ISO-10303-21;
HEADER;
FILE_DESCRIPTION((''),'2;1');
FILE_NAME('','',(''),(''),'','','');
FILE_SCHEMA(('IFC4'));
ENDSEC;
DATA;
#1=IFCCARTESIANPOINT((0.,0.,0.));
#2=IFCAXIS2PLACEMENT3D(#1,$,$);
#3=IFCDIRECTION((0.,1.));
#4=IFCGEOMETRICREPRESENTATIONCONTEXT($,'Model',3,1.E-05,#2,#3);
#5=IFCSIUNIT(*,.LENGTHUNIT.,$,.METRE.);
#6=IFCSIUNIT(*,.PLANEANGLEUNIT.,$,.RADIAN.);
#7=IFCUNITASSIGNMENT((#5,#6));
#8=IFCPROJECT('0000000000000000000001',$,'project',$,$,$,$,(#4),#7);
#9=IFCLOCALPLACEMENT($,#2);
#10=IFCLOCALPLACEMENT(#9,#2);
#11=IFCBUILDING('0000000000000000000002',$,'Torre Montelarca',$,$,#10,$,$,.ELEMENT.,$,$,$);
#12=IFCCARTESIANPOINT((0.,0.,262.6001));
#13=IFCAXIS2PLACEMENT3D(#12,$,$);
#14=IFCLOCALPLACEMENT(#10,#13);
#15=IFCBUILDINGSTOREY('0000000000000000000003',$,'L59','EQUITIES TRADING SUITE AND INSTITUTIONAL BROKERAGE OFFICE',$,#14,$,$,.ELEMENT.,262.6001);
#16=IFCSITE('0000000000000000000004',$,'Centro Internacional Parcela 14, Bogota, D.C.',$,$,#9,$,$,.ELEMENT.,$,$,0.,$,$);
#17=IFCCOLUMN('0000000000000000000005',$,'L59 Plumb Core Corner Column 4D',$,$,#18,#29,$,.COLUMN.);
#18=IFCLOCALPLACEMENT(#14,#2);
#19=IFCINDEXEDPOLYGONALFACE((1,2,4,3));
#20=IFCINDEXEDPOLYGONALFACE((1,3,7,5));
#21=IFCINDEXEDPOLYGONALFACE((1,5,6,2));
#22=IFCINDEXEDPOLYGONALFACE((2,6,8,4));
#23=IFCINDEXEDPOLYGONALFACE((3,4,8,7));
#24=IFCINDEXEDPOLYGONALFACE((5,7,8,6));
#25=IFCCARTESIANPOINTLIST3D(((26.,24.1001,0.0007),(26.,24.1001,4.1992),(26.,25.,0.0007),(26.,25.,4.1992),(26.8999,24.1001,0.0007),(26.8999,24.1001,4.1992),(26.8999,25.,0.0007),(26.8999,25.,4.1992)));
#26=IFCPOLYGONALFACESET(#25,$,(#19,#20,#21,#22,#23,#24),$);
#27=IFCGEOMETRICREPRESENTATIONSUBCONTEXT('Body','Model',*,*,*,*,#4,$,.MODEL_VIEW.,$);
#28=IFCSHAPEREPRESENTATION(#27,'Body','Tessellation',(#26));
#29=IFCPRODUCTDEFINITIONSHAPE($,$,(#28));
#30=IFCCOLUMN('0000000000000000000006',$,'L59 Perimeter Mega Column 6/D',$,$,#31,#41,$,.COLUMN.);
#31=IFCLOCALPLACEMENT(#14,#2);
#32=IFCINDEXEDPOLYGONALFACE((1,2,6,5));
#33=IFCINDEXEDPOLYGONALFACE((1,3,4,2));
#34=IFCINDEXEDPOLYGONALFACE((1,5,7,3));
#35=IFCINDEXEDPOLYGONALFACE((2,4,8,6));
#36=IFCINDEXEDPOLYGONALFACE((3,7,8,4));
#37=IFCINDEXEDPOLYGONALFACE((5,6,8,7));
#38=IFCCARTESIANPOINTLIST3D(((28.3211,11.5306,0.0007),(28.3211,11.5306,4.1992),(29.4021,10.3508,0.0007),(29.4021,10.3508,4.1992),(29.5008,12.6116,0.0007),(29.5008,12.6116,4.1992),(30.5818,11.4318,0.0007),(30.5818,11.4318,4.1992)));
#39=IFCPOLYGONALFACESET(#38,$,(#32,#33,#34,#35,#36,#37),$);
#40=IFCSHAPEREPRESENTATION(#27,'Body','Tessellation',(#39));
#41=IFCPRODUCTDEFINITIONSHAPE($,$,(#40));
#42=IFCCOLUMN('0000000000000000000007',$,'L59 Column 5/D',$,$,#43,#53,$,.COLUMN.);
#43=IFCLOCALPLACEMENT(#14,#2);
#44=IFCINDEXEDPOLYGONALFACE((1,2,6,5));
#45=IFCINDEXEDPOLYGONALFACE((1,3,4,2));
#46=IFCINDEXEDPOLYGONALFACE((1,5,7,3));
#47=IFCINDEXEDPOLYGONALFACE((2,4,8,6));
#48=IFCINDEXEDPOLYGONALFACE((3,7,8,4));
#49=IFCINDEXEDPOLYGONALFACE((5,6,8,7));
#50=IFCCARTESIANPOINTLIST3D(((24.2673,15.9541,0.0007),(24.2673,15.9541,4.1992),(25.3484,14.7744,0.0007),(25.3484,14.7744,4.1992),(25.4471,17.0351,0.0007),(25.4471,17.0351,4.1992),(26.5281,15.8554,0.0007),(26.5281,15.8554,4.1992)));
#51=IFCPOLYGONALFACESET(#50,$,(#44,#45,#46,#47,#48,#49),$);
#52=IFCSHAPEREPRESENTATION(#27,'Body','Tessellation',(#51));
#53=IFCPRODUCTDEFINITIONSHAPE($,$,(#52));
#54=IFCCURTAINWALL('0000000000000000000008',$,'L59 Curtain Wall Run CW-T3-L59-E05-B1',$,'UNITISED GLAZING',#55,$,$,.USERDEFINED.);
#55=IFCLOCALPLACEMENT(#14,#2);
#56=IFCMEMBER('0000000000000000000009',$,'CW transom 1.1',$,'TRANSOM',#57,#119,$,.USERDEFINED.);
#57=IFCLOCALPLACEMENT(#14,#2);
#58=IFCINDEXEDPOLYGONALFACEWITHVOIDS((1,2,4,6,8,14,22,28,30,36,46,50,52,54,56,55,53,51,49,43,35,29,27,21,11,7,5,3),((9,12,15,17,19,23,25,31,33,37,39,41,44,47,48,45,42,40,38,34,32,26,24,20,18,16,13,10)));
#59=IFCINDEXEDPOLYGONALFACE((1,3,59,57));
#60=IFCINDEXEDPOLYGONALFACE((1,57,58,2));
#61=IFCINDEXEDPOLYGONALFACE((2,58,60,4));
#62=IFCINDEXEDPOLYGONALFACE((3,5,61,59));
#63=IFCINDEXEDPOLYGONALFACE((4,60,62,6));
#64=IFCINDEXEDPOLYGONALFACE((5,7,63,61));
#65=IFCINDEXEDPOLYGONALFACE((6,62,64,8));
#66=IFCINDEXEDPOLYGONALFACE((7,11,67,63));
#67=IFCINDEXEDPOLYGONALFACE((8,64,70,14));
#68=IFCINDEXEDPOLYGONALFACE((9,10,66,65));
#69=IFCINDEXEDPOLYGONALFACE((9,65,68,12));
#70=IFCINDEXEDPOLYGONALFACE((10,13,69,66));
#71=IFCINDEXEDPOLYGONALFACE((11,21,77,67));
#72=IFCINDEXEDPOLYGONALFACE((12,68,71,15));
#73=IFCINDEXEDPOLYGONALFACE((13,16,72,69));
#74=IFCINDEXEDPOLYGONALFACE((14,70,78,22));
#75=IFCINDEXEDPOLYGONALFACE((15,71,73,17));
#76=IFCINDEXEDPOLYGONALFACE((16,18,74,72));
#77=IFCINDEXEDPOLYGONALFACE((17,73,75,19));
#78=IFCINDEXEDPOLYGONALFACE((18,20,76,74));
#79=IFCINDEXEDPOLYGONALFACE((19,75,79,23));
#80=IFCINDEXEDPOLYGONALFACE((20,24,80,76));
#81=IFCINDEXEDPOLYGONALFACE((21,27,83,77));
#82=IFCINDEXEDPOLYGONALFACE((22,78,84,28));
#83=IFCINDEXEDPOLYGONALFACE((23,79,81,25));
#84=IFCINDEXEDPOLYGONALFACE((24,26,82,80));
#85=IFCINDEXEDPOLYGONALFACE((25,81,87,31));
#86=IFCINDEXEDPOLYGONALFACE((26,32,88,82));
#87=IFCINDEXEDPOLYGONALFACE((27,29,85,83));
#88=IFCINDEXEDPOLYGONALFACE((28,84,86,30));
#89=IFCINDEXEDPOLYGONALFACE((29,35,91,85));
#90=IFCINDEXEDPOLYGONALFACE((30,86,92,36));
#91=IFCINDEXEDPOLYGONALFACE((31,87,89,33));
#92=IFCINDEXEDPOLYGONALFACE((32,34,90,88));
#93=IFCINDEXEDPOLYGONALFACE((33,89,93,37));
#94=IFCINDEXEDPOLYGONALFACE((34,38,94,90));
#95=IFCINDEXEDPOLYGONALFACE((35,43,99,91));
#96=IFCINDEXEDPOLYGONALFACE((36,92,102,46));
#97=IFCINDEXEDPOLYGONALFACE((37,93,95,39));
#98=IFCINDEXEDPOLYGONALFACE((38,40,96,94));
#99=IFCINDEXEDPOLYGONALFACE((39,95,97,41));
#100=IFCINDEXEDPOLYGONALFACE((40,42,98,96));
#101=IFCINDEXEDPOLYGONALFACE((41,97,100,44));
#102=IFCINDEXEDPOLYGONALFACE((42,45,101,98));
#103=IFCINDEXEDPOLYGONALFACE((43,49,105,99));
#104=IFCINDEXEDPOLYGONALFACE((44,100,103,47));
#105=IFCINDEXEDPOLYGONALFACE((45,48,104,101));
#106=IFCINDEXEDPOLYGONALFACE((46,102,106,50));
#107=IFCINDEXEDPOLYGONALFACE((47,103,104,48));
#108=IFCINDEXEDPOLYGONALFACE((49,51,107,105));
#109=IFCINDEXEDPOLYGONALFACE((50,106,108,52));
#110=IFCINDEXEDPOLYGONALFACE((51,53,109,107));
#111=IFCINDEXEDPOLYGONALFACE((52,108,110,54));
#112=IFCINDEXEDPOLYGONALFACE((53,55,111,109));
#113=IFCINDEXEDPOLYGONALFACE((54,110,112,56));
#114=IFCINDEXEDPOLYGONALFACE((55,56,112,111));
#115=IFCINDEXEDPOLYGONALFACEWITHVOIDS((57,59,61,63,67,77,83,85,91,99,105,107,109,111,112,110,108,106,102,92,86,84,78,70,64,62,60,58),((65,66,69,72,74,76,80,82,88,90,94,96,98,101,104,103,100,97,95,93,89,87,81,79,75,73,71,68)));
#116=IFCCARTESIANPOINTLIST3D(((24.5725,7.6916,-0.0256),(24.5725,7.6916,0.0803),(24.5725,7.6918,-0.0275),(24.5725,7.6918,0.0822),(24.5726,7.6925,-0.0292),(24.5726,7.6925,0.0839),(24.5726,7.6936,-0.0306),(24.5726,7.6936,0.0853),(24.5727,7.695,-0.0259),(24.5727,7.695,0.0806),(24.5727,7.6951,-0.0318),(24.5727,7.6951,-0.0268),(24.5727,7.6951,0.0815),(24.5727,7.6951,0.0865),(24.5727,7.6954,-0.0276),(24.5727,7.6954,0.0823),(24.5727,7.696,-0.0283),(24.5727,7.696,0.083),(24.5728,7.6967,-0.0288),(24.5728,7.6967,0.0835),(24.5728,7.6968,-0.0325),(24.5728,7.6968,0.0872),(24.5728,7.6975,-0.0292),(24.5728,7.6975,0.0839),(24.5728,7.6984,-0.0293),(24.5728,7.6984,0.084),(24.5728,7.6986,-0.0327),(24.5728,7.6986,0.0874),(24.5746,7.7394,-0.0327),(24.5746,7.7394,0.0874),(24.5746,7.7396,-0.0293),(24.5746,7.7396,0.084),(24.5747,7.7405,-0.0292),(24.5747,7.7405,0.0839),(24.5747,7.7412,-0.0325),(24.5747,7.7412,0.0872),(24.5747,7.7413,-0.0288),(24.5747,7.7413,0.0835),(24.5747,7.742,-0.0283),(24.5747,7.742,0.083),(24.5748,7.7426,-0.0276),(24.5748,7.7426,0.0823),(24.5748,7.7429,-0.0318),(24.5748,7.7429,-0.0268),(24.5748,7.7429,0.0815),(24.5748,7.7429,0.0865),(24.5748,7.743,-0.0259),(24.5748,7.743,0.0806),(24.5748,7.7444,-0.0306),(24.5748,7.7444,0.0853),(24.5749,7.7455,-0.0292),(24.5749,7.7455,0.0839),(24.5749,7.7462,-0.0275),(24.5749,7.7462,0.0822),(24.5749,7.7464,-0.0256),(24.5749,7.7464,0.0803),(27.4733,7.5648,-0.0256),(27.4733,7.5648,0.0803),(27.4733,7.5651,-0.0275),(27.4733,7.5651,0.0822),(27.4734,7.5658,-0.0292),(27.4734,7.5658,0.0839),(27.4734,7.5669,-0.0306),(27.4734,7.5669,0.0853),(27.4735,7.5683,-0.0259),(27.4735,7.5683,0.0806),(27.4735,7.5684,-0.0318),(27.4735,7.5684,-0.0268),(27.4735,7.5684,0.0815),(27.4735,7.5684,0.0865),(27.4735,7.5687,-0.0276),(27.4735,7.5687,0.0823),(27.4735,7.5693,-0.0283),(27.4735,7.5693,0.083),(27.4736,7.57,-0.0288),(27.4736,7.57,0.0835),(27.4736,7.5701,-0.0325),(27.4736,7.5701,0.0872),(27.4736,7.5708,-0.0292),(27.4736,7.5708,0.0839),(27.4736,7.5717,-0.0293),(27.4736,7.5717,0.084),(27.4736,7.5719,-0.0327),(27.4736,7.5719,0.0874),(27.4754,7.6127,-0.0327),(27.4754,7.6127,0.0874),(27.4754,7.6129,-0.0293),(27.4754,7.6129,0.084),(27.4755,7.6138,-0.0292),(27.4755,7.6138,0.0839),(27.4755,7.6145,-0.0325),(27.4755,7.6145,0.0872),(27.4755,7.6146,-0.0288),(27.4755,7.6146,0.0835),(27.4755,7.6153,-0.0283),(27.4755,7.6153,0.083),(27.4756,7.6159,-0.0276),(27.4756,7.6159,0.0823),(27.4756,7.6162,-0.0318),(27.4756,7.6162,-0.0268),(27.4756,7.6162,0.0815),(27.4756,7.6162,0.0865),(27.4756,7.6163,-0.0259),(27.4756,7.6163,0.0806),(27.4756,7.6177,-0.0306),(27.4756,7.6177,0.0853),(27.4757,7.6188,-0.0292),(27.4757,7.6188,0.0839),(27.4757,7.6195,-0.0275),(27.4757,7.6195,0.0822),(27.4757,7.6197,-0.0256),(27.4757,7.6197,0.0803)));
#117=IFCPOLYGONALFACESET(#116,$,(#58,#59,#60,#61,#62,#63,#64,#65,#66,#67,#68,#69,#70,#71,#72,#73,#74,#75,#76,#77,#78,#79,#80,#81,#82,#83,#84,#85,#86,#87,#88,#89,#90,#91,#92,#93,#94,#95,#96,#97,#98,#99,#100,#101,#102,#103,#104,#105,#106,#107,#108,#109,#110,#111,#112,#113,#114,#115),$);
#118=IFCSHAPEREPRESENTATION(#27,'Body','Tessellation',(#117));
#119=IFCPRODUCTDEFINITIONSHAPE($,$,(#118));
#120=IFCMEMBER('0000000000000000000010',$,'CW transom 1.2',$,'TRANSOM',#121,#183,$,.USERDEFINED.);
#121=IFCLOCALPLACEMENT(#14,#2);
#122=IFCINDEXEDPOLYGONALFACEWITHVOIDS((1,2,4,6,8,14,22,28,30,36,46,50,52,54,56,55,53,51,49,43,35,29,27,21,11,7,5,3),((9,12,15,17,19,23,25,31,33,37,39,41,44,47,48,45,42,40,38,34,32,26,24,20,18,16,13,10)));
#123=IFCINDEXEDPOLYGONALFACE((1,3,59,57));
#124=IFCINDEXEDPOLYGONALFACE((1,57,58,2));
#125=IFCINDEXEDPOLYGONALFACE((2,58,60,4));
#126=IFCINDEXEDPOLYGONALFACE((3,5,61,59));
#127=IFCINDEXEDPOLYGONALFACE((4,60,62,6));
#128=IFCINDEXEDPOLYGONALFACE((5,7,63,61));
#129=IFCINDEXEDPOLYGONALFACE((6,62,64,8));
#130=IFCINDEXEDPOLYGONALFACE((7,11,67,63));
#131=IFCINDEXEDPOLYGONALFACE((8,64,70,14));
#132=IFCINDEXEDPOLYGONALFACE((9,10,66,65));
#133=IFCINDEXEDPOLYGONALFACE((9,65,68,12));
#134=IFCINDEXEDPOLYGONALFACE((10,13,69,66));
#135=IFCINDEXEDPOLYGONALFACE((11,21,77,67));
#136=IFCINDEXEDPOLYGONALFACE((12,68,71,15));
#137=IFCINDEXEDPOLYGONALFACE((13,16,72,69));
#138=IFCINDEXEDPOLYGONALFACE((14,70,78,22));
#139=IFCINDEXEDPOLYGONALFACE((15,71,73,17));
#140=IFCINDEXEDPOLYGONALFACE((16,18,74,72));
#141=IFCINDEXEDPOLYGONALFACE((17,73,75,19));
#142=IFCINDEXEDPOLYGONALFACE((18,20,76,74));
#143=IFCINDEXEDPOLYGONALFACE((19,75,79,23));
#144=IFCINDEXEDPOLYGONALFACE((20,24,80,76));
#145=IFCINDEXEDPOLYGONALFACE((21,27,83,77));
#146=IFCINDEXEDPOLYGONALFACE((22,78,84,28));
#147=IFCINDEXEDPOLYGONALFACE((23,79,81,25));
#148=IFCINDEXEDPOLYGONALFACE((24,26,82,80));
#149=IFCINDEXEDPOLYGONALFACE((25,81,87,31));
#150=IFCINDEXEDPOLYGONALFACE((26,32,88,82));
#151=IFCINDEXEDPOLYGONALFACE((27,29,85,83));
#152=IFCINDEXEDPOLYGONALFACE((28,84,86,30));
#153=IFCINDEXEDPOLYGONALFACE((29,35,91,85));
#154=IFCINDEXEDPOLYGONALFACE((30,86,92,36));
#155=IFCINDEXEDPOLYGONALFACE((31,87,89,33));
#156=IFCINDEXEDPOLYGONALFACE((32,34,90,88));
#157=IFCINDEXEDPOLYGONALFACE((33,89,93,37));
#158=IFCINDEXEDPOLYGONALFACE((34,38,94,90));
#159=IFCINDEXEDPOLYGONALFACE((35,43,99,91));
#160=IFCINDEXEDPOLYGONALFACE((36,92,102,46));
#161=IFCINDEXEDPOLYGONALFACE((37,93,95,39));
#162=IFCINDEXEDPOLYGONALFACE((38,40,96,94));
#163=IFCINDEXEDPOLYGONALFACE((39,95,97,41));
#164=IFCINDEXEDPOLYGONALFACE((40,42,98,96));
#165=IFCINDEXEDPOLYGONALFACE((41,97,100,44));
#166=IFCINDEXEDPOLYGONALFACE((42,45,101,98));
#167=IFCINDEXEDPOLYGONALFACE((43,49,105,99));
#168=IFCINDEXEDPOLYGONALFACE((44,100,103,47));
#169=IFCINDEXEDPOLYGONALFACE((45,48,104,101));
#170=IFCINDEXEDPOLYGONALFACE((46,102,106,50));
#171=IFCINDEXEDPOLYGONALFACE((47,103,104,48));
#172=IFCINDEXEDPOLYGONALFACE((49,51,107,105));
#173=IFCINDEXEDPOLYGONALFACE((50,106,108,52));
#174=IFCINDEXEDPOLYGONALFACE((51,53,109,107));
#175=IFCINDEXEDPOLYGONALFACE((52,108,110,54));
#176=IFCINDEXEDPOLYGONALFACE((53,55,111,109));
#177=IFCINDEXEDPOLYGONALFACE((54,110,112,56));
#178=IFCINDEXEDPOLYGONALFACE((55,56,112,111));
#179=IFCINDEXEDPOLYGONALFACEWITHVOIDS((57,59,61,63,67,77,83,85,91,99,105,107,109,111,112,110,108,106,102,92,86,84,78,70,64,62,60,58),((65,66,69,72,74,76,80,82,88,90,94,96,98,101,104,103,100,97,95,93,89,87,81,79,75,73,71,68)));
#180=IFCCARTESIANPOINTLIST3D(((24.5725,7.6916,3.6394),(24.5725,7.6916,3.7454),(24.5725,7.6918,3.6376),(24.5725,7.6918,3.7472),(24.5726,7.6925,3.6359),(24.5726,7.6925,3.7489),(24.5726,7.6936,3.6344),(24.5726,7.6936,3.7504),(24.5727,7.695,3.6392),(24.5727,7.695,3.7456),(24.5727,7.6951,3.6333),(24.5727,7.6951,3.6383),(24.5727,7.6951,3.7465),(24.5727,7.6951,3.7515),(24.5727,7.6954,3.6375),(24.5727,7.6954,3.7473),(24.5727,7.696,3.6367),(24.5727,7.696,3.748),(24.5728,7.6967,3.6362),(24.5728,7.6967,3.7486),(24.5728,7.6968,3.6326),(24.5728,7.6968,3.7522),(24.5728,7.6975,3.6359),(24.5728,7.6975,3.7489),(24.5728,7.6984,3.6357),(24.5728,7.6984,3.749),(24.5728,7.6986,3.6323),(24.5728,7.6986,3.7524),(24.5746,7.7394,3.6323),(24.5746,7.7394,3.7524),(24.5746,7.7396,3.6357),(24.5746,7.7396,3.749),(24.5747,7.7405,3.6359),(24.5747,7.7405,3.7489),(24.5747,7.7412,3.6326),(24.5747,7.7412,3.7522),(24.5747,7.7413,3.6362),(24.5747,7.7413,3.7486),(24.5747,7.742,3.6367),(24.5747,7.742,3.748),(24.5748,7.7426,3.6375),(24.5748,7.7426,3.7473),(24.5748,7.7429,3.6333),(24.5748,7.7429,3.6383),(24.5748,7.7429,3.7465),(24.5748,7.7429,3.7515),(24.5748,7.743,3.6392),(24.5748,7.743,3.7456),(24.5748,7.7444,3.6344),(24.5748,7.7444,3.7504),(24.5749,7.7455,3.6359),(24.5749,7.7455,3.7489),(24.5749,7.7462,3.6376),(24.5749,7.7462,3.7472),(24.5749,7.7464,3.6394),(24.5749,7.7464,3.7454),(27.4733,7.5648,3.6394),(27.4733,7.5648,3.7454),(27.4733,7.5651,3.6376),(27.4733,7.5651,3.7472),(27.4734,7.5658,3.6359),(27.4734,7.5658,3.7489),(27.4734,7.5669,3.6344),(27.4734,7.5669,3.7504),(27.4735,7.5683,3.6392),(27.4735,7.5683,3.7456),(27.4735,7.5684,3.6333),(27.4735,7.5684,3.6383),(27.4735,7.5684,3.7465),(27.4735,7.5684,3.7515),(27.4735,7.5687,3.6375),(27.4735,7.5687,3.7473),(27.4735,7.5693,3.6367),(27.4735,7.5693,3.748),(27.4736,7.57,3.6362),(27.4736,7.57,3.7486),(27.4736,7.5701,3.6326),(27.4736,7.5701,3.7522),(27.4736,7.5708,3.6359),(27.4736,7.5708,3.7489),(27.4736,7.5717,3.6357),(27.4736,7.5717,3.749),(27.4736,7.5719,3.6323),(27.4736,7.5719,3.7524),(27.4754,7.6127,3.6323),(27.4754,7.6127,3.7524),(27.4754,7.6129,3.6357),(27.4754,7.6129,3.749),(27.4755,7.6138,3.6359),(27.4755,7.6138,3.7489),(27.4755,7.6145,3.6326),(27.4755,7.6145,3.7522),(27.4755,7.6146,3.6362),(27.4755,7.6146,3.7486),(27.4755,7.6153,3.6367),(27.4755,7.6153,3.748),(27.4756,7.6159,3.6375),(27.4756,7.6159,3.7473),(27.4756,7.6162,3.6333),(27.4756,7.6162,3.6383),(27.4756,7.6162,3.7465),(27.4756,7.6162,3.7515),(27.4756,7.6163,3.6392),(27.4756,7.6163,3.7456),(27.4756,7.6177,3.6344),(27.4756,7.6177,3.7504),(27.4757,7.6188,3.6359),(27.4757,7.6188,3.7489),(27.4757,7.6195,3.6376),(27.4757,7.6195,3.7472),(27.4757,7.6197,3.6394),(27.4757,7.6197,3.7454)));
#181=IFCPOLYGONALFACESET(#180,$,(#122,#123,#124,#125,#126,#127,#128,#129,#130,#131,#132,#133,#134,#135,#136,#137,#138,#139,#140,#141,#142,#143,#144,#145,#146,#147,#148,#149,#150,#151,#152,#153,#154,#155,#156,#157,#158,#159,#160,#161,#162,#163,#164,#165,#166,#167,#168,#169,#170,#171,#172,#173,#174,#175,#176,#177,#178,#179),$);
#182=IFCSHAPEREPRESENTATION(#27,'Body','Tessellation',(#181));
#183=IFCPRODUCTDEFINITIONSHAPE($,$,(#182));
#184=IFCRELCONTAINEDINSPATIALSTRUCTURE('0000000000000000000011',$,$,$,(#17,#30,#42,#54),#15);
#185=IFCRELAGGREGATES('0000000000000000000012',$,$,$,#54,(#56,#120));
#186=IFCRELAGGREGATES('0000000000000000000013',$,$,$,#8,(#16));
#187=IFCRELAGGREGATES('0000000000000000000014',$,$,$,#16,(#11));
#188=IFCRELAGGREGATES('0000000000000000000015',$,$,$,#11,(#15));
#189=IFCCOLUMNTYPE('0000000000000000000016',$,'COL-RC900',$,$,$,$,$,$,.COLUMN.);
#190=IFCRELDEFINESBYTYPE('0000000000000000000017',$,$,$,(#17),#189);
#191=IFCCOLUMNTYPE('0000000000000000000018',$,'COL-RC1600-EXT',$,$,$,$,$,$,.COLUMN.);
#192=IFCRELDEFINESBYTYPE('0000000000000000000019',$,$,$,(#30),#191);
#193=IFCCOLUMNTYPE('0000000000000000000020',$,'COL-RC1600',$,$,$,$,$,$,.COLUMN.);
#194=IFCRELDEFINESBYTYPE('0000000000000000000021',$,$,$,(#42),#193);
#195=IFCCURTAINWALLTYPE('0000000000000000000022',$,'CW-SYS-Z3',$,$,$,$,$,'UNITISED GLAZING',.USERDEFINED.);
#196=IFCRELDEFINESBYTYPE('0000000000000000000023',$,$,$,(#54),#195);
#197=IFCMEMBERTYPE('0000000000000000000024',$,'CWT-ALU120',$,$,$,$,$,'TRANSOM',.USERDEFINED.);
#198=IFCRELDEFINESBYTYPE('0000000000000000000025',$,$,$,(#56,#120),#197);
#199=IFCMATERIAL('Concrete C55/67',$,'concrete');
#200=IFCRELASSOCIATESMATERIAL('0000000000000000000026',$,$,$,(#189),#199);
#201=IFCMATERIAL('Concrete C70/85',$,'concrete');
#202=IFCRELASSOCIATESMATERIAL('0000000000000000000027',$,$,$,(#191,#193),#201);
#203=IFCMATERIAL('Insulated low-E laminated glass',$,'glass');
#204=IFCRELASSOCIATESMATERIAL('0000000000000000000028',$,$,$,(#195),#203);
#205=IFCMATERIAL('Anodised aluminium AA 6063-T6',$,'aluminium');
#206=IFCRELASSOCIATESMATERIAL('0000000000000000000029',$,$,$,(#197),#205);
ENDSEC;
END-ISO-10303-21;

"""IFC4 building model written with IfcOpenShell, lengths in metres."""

from ifc_helpers import new_model, si_unit, direction, frame, origin, origin_2d, place, context, subcontext, project, spatial, rectangle, hollow_rectangle, extrude, source, transform, mapped, material, material_profile, profile_set, type_object, element, aggregate, save


model = new_model("IFC4")

# Units and contexts
model_context = context("Model", 3, precision=1e-05, world=origin(), true_north=direction((0.0, 1.0)))
body_context = subcontext(model_context, "Body", "Model", "MODEL_VIEW")
ifc_project = project(units=[si_unit("LENGTHUNIT", "METRE"), si_unit("PLANEANGLEUNIT", "RADIAN")], contexts=[model_context])

# Site, building, storey
site_placement = place(None, origin())
site = spatial("IfcSite", under=ifc_project, at=site_placement, Name="Centro Internacional Parcela 14, Bogota, D.C.", CompositionType="ELEMENT", RefElevation=0.0)
building_placement = place(site_placement, origin())
building = spatial("IfcBuilding", under=site, at=building_placement, Name="Torre Montelarca", CompositionType="ELEMENT")
storey_placement = place(building_placement, frame((0.0, 0.0, 262.6001)))
storey = spatial("IfcBuildingStorey", under=building, at=storey_placement, Name="L59", Description="EQUITIES TRADING SUITE AND INSTITUTIONAL BROKERAGE OFFICE", CompositionType="ELEMENT", Elevation=262.6001)

# Columns
ifc_material_1 = material(Name="Concrete C55/67", Category="concrete")
ifc_material_profile_1 = material_profile(ifc_material_1, rectangle(XDim=0.8999, YDim=0.8999, at=origin_2d()), Name="RC900X900", Category="concrete")
ifc_profile_set_1 = profile_set([ifc_material_profile_1], Name="Concrete C55/67")
column_type_1 = type_object("IfcColumnType", Name="COL-RC900", PredefinedType="COLUMN", material=ifc_profile_set_1)
shared_shape_1 = source(origin(), body_context, "Body", "SweptSolid", [
    extrude(rectangle(XDim=0.8999, YDim=0.8999, at=origin_2d()), origin(), (0.0, 0.0, 1.0), 4.1985),
])
column_1_placement = place(storey_placement, frame((26.45, 24.55, 0.0007), z_axis=(0.0, 0.0, 1.0), x_axis=(1.0, 0.0, 0.0)))
element("IfcColumn", 1, at=column_1_placement, inside=storey, type_object=column_type_1, Name="L59 Plumb Core Corner Column 4D", PredefinedType="COLUMN", context=body_context, shape_type="MappedRepresentation", body=[
    mapped(shared_shape_1, transform((0.0, 0.0, 0.0), scale=1.0)),
])
ifc_material_2 = material(Name="Concrete C70/85", Category="concrete")
ifc_material_profile_2 = material_profile(ifc_material_2, rectangle(XDim=1.6001, YDim=1.6001, at=origin_2d()), Name="RC1600X1600", Category="concrete")
ifc_profile_set_2 = profile_set([ifc_material_profile_2], Name="Concrete C70/85")
column_type_2 = type_object("IfcColumnType", Name="COL-RC1600-EXT", PredefinedType="COLUMN", material=ifc_profile_set_2)
shared_shape_2 = source(origin(), body_context, "Body", "SweptSolid", [
    extrude(rectangle(XDim=1.6001, YDim=1.6001, at=origin_2d()), origin(), (0.0, 0.0, 1.0), 4.1985),
])
column_2_placement = place(storey_placement, frame((29.4514, 11.4812, 0.0007), z_axis=(0.0, 0.0, 1.0), x_axis=(-0.67559, 0.737277, 0.0)))
element("IfcColumn", 2, at=column_2_placement, inside=storey, type_object=column_type_2, Name="L59 Perimeter Mega Column 6/D", PredefinedType="COLUMN", context=body_context, shape_type="MappedRepresentation", body=[
    mapped(shared_shape_2, transform((0.0, 0.0, 0.0), scale=1.0)),
])
ifc_material_profile_3 = material_profile(ifc_material_2, rectangle(XDim=1.6001, YDim=1.6001, at=origin_2d()), Name="RC1600X1600", Category="concrete")
ifc_profile_set_3 = profile_set([ifc_material_profile_3], Name="Concrete C70/85")
column_type_3 = type_object("IfcColumnType", Name="COL-RC1600", PredefinedType="COLUMN", material=ifc_profile_set_3)
shared_shape_3 = source(origin(), body_context, "Body", "SweptSolid", [
    extrude(rectangle(XDim=1.6001, YDim=1.6001, at=origin_2d()), origin(), (0.0, 0.0, 1.0), 4.1985),
])
column_3_placement = place(storey_placement, frame((25.3977, 15.9048, 0.0007), z_axis=(0.0, 0.0, 1.0), x_axis=(-0.67559, 0.737277, 0.0)))
element("IfcColumn", 3, at=column_3_placement, inside=storey, type_object=column_type_3, Name="L59 Column 5/D", PredefinedType="COLUMN", context=body_context, shape_type="MappedRepresentation", body=[
    mapped(shared_shape_3, transform((0.0, 0.0, 0.0), scale=1.0)),
])

# Curtain wall, members
ifc_material_3 = material(Name="Insulated low-E laminated glass", Category="glass")
curtain_wall_type = type_object("IfcCurtainWallType", Name="CW-SYS-Z3", ElementType="UNITISED GLAZING", PredefinedType="USERDEFINED", material=ifc_material_3)
curtain_wall_1_placement = place(storey_placement, origin())
curtain_wall_1 = element("IfcCurtainWall", 4, at=curtain_wall_1_placement, inside=storey, type_object=curtain_wall_type, Name="L59 Curtain Wall Run CW-T3-L59-E05-B1", ObjectType="UNITISED GLAZING", PredefinedType="USERDEFINED")
ifc_material_4 = material(Name="Anodised aluminium AA 6063-T6", Category="aluminium")
ifc_material_profile_4 = material_profile(ifc_material_4, hollow_rectangle(XDim=0.0549, YDim=0.1201, WallThickness=0.0034, InnerFilletRadius=0.0034, OuterFilletRadius=0.0071, at=origin_2d()), Name="ALU55X120X3.5", Category="aluminium")
ifc_profile_set_4 = profile_set([ifc_material_profile_4], Name="Anodised aluminium AA 6063-T6")
member_type_1 = type_object("IfcMemberType", Name="CWT-ALU120", ElementType="TRANSOM", PredefinedType="USERDEFINED", material=ifc_profile_set_4)
shared_shape_4 = source(origin(), body_context, "Body", "SweptSolid", [
    extrude(hollow_rectangle(XDim=0.0549, YDim=0.1201, WallThickness=0.0034, InnerFilletRadius=0.0034, OuterFilletRadius=0.0071, at=origin_2d()), origin(), (0.0, 0.0, 1.0), 2.9036),
])
member_1_placement = place(storey_placement, frame((24.5737, 7.719, 0.0273), z_axis=(0.999047, -0.043638, 0.0), x_axis=(0.043638, 0.999047, 0.0)))
member_1 = element("IfcMember", 5, at=member_1_placement, type_object=member_type_1, Name="CW transom 1.1", ObjectType="TRANSOM", PredefinedType="USERDEFINED", context=body_context, shape_type="MappedRepresentation", body=[
    mapped(shared_shape_4, transform((0.0, 0.0, 0.0), scale=1.0)),
])
member_2_placement = place(storey_placement, frame((24.5737, 7.719, 3.6924), z_axis=(0.999047, -0.043638, 0.0), x_axis=(0.043638, 0.999047, 0.0)))
member_2 = element("IfcMember", 6, at=member_2_placement, type_object=member_type_1, Name="CW transom 1.2", ObjectType="TRANSOM", PredefinedType="USERDEFINED", context=body_context, shape_type="MappedRepresentation", body=[
    mapped(shared_shape_4, transform((0.0, 0.0, 0.0), scale=1.0)),
])

aggregate(curtain_wall_1, [member_1, member_2])

save(model, "model.ifc")
